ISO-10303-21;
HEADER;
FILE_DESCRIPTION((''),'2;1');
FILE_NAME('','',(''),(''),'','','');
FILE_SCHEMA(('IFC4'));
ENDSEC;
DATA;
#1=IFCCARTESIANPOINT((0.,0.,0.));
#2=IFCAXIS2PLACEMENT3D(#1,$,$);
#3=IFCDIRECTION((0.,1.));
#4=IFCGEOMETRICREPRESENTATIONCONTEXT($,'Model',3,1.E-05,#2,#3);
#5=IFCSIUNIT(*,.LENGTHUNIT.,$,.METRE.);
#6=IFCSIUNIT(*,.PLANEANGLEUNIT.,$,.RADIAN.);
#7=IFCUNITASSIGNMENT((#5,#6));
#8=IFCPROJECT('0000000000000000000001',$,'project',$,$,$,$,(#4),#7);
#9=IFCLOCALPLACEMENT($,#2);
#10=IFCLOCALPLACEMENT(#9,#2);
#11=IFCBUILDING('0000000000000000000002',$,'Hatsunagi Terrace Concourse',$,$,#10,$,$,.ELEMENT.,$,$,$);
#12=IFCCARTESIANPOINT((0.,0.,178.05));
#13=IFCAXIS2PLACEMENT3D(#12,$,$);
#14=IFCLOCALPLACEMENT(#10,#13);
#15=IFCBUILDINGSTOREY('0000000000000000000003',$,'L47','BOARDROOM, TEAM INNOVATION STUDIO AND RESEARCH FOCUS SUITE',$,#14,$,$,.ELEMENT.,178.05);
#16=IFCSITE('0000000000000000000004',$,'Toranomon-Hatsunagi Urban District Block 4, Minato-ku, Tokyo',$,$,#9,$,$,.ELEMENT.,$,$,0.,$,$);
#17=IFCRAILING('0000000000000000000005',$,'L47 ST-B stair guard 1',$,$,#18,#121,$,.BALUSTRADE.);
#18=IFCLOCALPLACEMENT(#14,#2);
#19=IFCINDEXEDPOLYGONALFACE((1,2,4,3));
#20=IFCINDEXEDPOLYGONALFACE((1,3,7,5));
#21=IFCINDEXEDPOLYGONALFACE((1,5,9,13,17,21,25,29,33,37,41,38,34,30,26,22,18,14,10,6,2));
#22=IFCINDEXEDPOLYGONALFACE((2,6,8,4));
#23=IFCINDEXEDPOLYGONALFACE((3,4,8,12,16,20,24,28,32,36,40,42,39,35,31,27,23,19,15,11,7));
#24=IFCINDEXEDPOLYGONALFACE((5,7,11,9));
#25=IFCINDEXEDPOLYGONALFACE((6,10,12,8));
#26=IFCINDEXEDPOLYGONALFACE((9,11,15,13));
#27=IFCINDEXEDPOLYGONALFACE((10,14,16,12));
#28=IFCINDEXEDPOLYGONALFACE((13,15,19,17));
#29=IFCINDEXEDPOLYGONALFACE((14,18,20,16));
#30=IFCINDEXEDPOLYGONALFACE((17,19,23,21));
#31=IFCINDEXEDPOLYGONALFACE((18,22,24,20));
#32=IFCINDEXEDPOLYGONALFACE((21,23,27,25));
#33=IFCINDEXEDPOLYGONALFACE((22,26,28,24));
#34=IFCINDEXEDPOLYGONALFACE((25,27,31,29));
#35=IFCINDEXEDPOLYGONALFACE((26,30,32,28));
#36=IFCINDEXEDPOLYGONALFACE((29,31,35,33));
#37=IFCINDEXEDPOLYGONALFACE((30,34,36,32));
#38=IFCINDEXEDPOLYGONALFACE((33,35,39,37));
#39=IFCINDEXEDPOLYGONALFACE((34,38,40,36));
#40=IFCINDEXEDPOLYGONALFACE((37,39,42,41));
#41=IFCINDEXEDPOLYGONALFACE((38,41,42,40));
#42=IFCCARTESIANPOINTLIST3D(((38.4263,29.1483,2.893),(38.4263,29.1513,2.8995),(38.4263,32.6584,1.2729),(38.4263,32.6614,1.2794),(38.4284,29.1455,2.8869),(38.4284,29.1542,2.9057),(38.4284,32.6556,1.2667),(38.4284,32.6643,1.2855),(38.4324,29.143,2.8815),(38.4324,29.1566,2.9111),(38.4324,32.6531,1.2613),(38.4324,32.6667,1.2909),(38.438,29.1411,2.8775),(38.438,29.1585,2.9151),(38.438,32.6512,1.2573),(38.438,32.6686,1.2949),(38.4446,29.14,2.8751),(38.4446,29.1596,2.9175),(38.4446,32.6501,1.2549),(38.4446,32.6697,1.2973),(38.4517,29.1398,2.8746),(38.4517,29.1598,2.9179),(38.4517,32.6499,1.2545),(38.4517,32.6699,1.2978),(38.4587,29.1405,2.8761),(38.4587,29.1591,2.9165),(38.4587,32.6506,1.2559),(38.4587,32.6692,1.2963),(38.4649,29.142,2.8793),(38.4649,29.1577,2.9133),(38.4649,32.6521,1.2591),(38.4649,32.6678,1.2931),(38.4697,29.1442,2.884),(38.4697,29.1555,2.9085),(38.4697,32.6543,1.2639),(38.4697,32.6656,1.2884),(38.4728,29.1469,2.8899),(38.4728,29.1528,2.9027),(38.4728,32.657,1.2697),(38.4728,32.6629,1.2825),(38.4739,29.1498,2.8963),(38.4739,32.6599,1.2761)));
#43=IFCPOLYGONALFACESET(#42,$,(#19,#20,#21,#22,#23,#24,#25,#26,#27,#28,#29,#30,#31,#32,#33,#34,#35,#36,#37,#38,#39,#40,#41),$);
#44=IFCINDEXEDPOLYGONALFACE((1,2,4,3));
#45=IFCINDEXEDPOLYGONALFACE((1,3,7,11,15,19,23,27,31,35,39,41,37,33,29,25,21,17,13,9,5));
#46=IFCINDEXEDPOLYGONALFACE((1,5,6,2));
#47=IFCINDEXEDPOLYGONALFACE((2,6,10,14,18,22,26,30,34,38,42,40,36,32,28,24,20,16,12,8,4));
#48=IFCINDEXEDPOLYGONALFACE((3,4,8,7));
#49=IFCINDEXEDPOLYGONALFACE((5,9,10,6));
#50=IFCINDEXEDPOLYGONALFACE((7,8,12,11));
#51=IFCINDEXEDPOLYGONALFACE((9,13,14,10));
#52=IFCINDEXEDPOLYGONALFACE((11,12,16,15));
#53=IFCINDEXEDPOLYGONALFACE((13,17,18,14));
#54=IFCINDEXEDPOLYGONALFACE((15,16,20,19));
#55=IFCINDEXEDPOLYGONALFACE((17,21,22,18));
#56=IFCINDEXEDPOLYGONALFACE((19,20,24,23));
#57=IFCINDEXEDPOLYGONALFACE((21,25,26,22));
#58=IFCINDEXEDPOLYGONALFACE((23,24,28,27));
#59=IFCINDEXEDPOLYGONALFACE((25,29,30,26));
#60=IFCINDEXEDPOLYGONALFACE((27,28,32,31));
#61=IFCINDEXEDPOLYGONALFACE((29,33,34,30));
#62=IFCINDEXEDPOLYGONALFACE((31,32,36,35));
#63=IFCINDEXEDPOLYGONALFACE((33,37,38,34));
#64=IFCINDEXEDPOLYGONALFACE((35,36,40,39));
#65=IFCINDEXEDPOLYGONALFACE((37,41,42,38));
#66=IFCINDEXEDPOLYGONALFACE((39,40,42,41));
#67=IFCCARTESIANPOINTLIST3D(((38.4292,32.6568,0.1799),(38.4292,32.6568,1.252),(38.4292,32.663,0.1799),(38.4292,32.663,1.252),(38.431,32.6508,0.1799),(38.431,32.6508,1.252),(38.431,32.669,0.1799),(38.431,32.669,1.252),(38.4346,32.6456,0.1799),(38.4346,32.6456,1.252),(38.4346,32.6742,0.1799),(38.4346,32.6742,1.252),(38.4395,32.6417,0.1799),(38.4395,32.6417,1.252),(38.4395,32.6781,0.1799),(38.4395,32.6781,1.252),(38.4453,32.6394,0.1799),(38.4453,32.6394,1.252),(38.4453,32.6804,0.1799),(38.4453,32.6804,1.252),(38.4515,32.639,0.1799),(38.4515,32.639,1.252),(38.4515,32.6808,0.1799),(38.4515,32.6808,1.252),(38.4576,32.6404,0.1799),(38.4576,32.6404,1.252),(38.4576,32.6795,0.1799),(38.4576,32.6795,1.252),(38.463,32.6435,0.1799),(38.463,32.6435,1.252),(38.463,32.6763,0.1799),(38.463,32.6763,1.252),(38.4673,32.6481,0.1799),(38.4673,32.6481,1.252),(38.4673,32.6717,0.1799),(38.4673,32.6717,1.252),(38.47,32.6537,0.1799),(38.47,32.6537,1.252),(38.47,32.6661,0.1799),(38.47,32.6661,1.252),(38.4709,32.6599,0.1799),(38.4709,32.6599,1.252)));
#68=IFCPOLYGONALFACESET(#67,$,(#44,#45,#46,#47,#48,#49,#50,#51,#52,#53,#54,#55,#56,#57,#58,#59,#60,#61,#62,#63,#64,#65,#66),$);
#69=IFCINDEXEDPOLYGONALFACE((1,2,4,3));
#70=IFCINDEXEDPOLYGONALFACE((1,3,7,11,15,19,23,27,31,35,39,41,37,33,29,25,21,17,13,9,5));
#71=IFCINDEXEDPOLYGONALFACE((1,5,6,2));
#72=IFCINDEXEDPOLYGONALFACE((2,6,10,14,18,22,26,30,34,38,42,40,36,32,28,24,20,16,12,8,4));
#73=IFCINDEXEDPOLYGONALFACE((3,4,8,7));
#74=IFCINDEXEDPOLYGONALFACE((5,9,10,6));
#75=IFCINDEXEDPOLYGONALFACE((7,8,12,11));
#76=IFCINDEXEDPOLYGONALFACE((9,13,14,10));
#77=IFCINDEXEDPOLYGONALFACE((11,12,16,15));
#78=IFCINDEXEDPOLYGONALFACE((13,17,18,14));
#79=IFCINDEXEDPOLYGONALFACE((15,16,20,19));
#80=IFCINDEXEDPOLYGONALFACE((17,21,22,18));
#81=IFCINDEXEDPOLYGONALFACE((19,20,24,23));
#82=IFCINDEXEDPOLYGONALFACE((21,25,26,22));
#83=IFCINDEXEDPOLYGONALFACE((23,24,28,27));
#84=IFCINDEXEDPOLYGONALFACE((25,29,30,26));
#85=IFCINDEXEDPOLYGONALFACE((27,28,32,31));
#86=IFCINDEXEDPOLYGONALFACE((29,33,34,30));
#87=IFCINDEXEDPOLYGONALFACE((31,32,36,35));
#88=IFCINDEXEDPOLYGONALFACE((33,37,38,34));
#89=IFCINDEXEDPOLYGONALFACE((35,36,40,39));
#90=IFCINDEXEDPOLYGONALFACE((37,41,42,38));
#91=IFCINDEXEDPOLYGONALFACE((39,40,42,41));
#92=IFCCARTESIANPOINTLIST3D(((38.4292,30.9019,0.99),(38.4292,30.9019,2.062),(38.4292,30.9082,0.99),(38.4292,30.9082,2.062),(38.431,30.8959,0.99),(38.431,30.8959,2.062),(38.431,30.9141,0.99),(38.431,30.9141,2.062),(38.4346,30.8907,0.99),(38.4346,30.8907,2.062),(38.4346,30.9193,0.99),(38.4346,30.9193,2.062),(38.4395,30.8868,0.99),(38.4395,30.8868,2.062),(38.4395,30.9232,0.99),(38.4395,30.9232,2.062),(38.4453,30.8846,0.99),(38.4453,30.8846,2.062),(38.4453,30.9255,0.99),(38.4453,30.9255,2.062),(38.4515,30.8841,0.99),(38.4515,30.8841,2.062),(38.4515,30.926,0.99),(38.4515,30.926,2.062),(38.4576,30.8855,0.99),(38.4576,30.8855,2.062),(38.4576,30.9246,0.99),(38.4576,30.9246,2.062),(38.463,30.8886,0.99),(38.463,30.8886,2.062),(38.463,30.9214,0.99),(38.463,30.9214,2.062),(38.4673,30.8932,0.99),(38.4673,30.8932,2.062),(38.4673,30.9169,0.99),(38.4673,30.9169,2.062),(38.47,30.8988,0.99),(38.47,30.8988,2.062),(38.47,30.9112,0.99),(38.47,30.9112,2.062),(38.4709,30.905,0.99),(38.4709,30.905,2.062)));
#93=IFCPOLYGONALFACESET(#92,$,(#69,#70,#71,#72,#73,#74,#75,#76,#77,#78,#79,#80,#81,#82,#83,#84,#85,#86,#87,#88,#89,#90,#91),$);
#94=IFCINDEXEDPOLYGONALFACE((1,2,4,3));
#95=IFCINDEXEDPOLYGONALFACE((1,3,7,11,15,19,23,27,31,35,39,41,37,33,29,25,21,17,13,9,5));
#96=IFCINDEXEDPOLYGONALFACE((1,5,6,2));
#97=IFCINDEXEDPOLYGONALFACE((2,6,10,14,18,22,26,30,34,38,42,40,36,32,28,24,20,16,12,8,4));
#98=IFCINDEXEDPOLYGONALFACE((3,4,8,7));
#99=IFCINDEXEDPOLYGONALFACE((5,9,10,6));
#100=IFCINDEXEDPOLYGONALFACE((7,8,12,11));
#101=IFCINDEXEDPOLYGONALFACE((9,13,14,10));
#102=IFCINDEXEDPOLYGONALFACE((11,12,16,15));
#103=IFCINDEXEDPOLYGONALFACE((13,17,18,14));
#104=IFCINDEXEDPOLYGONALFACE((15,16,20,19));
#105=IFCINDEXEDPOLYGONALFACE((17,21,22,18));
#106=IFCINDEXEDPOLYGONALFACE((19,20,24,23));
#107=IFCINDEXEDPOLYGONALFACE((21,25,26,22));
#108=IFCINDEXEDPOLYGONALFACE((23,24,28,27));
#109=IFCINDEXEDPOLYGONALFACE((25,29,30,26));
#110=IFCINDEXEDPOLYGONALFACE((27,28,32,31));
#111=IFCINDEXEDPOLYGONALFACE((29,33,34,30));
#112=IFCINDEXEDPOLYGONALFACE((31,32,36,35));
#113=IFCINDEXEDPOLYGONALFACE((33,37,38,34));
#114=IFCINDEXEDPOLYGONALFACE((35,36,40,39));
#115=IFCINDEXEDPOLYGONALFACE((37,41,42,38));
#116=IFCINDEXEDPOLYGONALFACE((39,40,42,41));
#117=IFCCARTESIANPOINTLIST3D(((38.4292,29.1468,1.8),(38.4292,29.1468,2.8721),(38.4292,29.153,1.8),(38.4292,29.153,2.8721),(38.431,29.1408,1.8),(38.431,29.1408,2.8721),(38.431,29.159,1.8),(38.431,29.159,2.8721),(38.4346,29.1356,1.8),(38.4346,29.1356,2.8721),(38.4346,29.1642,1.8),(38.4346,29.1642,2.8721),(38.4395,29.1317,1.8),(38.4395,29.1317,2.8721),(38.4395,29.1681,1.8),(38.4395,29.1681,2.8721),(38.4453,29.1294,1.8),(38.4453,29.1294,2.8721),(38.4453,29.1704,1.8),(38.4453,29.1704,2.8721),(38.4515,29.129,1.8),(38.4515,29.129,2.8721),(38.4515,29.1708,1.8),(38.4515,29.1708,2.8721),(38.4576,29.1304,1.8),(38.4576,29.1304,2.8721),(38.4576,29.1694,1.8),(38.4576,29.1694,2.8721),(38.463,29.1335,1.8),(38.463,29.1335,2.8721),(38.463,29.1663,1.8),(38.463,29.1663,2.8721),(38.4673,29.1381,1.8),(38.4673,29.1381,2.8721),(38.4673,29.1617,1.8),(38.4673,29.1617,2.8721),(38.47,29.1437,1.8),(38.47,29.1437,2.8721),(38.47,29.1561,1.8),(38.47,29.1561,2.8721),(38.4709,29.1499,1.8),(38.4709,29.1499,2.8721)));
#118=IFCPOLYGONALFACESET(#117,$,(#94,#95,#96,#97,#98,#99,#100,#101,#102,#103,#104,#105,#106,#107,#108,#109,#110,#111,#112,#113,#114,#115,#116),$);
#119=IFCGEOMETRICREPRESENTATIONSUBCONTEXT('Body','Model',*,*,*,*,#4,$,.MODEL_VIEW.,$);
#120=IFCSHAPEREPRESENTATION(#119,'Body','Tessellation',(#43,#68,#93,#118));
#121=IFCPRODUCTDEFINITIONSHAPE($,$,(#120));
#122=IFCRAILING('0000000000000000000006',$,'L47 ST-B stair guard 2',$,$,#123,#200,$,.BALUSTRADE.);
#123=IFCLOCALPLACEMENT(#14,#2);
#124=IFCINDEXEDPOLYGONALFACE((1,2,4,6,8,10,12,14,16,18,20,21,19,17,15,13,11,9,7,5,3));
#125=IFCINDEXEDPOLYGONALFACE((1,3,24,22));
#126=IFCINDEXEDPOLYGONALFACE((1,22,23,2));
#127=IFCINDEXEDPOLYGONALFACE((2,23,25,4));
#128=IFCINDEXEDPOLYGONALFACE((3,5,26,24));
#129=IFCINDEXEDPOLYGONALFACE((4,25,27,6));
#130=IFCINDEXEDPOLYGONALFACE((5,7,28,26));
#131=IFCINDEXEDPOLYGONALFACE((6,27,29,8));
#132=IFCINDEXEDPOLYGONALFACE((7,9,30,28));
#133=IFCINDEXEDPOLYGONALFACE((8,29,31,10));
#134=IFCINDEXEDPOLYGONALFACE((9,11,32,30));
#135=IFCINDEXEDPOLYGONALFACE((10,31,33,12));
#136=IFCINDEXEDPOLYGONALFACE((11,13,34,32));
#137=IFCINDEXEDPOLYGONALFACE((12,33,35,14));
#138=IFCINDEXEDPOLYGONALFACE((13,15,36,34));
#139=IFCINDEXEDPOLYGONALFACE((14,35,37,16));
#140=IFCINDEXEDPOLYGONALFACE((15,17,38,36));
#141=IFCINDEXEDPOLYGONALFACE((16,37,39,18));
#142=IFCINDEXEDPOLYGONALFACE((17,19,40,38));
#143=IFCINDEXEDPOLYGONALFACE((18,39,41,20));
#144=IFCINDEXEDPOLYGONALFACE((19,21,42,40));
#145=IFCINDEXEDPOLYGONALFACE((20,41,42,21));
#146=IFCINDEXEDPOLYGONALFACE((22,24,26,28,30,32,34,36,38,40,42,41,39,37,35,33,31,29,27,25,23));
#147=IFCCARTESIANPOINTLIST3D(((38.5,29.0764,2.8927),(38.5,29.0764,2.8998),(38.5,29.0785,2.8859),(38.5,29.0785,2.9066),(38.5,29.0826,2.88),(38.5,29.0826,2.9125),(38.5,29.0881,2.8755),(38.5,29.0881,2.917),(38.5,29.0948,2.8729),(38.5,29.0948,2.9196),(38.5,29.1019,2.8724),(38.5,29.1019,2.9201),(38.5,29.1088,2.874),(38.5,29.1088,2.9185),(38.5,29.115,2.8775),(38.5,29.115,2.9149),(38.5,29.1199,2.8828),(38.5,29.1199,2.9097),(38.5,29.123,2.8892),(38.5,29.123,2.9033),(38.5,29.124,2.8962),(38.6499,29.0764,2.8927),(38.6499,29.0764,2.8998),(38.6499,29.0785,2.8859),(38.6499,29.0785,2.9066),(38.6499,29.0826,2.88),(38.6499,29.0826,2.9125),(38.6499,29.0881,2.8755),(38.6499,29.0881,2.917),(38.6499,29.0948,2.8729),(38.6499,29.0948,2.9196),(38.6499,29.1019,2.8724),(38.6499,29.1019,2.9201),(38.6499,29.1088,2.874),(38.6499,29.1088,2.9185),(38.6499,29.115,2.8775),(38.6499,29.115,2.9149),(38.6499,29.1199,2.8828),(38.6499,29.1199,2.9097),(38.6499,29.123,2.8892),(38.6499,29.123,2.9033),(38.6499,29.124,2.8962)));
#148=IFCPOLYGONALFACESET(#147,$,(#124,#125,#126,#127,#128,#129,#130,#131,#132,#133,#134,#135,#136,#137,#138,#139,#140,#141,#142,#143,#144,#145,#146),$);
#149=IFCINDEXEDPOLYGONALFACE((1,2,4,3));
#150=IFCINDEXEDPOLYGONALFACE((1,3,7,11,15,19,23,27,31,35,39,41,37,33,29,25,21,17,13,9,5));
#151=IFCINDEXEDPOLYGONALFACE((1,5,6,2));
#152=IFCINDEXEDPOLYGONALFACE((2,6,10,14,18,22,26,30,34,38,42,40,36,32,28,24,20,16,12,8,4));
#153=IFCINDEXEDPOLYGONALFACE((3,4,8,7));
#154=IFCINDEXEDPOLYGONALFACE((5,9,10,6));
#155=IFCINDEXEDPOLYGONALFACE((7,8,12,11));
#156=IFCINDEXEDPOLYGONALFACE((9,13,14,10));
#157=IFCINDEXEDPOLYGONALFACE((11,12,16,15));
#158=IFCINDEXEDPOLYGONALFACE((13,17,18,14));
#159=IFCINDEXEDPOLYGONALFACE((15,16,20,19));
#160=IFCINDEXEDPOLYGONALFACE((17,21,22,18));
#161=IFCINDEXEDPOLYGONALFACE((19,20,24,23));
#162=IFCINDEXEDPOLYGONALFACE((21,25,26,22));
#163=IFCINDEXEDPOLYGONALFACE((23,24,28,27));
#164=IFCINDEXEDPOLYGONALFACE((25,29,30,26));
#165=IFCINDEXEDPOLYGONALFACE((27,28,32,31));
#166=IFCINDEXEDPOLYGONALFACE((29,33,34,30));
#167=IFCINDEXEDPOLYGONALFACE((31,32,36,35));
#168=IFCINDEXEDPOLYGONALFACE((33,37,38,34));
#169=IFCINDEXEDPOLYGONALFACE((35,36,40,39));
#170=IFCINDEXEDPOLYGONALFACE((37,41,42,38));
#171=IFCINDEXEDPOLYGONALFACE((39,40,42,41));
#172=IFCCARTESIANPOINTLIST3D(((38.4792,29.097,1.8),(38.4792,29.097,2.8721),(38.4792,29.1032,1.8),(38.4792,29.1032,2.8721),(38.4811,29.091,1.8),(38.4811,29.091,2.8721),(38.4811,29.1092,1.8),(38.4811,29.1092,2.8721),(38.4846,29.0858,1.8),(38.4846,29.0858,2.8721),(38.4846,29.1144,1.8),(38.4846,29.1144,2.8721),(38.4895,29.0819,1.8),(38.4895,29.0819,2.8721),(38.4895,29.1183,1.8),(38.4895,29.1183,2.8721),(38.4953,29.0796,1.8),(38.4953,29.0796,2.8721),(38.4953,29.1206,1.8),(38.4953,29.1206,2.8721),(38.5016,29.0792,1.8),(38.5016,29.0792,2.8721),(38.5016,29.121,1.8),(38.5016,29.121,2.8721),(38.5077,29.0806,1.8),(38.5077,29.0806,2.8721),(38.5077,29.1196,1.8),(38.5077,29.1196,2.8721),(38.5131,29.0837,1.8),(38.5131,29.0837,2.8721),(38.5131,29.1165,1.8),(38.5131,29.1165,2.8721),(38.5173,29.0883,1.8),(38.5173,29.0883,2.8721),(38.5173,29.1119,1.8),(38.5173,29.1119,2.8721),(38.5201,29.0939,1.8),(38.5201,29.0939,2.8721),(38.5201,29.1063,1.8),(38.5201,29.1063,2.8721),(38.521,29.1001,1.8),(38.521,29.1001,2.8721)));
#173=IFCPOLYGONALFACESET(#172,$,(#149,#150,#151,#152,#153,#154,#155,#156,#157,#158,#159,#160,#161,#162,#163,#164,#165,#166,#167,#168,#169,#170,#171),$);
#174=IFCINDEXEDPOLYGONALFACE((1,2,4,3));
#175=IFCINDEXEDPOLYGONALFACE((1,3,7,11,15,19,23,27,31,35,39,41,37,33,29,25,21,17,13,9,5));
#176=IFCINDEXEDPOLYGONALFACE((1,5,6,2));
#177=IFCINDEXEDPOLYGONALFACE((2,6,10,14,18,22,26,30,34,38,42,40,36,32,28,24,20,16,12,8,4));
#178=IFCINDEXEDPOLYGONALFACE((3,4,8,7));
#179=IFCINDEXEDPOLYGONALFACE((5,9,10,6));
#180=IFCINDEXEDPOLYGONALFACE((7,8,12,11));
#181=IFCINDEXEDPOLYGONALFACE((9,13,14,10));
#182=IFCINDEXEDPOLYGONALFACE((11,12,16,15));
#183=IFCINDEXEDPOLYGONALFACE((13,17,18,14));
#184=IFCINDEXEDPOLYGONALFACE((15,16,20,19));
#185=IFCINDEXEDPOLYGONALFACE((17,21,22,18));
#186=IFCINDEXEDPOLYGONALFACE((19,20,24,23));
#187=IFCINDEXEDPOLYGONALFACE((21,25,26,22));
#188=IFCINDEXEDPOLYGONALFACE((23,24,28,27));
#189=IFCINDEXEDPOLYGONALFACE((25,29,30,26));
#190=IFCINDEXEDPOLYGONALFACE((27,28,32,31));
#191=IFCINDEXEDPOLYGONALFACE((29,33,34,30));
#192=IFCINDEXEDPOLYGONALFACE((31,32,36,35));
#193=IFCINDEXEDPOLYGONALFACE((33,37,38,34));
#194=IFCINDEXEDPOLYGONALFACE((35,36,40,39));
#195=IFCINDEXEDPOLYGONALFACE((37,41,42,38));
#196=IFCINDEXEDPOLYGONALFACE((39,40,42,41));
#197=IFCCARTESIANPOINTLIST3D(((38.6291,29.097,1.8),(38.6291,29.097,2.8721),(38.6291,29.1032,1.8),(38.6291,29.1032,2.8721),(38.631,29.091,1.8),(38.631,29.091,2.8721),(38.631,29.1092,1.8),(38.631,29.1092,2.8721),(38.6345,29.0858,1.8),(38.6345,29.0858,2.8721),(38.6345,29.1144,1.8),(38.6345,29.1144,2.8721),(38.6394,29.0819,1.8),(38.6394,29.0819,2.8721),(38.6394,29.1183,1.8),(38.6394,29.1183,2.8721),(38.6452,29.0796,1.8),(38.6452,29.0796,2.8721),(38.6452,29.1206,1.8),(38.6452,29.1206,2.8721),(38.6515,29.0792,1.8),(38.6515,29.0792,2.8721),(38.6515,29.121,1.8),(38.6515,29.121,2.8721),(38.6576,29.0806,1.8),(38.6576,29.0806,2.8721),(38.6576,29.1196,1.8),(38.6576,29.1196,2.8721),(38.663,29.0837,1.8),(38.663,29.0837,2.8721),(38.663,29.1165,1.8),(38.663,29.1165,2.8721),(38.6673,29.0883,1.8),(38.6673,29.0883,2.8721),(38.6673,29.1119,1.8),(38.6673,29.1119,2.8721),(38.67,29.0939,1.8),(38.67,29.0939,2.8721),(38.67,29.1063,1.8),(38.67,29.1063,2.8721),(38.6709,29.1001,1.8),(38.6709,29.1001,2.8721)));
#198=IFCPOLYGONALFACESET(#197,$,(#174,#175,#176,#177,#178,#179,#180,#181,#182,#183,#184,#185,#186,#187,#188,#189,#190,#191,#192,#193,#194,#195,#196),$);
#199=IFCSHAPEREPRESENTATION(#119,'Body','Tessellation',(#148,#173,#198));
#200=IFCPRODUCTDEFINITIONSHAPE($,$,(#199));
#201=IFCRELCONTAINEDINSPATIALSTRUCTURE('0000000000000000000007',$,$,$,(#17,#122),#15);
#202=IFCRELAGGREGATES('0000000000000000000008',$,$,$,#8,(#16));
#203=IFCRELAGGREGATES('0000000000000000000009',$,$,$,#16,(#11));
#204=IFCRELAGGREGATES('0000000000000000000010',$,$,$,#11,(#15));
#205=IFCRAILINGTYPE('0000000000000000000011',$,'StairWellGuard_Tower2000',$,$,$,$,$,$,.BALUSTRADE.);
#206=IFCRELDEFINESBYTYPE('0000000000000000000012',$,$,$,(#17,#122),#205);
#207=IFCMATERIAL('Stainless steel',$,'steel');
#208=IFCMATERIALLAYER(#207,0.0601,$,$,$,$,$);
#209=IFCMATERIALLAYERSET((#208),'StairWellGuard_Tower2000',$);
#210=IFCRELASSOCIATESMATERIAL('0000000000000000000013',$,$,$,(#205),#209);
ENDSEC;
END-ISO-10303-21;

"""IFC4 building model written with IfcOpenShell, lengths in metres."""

from ifc_helpers import new_model, si_unit, direction, frame, origin, origin_2d, place, context, subcontext, project, spatial, circle, extrude, material, layer, layer_set, type_object, element, save


model = new_model("IFC4")

# Units and contexts
model_context = context("Model", 3, precision=1e-05, world=origin(), true_north=direction((0.0, 1.0)))
body_context = subcontext(model_context, "Body", "Model", "MODEL_VIEW")
ifc_project = project(units=[si_unit("LENGTHUNIT", "METRE"), si_unit("PLANEANGLEUNIT", "RADIAN")], contexts=[model_context])

# Site, building, storey
site_placement = place(None, origin())
site = spatial("IfcSite", under=ifc_project, at=site_placement, Name="Toranomon-Hatsunagi Urban District Block 4, Minato-ku, Tokyo", CompositionType="ELEMENT", RefElevation=0.0)
building_placement = place(site_placement, origin())
building = spatial("IfcBuilding", under=site, at=building_placement, Name="Hatsunagi Terrace Concourse", CompositionType="ELEMENT")
storey_placement = place(building_placement, frame((0.0, 0.0, 178.05)))
storey = spatial("IfcBuildingStorey", under=building, at=storey_placement, Name="L47", Description="BOARDROOM, TEAM INNOVATION STUDIO AND RESEARCH FOCUS SUITE", CompositionType="ELEMENT", Elevation=178.05)

# Railings
ifc_material_1 = material(Name="Stainless steel", Category="steel")
ifc_layer_1 = layer(ifc_material_1, 0.0601)
ifc_layer_set_1 = layer_set([ifc_layer_1], Name="StairWellGuard_Tower2000")
railing_type_1 = type_object("IfcRailingType", Name="StairWellGuard_Tower2000", PredefinedType="BALUSTRADE", material=ifc_layer_set_1)
railing_1_placement = place(storey_placement, frame((38.45, 32.6599, 0.1799)))
element("IfcRailing", 1, at=railing_1_placement, inside=storey, type_object=railing_type_1, Name="L47 ST-B stair guard 1", PredefinedType="BALUSTRADE", context=body_context, shape_type="SweptSolid", body=[
    extrude(circle(Radius=0.0239, at=origin_2d()), frame((0.0, 0.0, 1.0962), z_axis=(0.0, -0.907948, 0.419082), x_axis=(1.0, 0.0, 0.0)), (0.0, 0.0, 1.0), 3.866),
    extrude(circle(Radius=0.021, at=origin_2d()), origin(), (0.0, 0.0, 1.0), 1.072),
    extrude(circle(Radius=0.021, at=origin_2d()), frame((0.0, -1.7549, 0.8101)), (0.0, 0.0, 1.0), 1.072),
    extrude(circle(Radius=0.021, at=origin_2d()), frame((0.0, -3.51, 1.6201)), (0.0, 0.0, 1.0), 1.072),
])
railing_2_placement = place(storey_placement, frame((38.5, 29.1001, 1.8)))
element("IfcRailing", 2, at=railing_2_placement, inside=storey, type_object=railing_type_1, Name="L47 ST-B stair guard 2", PredefinedType="BALUSTRADE", context=body_context, shape_type="SweptSolid", body=[
    extrude(circle(Radius=0.0239, at=origin_2d()), frame((0.0, 0.0, 1.0962), z_axis=(1.0, 0.0, 0.0), x_axis=(0.0, 1.0, 0.0)), (0.0, 0.0, 1.0), 0.1499),
    extrude(circle(Radius=0.021, at=origin_2d()), origin(), (0.0, 0.0, 1.0), 1.072),
    extrude(circle(Radius=0.021, at=origin_2d()), frame((0.1499, 0.0, 0.0)), (0.0, 0.0, 1.0), 1.072),
])

save(model, "model.ifc")
